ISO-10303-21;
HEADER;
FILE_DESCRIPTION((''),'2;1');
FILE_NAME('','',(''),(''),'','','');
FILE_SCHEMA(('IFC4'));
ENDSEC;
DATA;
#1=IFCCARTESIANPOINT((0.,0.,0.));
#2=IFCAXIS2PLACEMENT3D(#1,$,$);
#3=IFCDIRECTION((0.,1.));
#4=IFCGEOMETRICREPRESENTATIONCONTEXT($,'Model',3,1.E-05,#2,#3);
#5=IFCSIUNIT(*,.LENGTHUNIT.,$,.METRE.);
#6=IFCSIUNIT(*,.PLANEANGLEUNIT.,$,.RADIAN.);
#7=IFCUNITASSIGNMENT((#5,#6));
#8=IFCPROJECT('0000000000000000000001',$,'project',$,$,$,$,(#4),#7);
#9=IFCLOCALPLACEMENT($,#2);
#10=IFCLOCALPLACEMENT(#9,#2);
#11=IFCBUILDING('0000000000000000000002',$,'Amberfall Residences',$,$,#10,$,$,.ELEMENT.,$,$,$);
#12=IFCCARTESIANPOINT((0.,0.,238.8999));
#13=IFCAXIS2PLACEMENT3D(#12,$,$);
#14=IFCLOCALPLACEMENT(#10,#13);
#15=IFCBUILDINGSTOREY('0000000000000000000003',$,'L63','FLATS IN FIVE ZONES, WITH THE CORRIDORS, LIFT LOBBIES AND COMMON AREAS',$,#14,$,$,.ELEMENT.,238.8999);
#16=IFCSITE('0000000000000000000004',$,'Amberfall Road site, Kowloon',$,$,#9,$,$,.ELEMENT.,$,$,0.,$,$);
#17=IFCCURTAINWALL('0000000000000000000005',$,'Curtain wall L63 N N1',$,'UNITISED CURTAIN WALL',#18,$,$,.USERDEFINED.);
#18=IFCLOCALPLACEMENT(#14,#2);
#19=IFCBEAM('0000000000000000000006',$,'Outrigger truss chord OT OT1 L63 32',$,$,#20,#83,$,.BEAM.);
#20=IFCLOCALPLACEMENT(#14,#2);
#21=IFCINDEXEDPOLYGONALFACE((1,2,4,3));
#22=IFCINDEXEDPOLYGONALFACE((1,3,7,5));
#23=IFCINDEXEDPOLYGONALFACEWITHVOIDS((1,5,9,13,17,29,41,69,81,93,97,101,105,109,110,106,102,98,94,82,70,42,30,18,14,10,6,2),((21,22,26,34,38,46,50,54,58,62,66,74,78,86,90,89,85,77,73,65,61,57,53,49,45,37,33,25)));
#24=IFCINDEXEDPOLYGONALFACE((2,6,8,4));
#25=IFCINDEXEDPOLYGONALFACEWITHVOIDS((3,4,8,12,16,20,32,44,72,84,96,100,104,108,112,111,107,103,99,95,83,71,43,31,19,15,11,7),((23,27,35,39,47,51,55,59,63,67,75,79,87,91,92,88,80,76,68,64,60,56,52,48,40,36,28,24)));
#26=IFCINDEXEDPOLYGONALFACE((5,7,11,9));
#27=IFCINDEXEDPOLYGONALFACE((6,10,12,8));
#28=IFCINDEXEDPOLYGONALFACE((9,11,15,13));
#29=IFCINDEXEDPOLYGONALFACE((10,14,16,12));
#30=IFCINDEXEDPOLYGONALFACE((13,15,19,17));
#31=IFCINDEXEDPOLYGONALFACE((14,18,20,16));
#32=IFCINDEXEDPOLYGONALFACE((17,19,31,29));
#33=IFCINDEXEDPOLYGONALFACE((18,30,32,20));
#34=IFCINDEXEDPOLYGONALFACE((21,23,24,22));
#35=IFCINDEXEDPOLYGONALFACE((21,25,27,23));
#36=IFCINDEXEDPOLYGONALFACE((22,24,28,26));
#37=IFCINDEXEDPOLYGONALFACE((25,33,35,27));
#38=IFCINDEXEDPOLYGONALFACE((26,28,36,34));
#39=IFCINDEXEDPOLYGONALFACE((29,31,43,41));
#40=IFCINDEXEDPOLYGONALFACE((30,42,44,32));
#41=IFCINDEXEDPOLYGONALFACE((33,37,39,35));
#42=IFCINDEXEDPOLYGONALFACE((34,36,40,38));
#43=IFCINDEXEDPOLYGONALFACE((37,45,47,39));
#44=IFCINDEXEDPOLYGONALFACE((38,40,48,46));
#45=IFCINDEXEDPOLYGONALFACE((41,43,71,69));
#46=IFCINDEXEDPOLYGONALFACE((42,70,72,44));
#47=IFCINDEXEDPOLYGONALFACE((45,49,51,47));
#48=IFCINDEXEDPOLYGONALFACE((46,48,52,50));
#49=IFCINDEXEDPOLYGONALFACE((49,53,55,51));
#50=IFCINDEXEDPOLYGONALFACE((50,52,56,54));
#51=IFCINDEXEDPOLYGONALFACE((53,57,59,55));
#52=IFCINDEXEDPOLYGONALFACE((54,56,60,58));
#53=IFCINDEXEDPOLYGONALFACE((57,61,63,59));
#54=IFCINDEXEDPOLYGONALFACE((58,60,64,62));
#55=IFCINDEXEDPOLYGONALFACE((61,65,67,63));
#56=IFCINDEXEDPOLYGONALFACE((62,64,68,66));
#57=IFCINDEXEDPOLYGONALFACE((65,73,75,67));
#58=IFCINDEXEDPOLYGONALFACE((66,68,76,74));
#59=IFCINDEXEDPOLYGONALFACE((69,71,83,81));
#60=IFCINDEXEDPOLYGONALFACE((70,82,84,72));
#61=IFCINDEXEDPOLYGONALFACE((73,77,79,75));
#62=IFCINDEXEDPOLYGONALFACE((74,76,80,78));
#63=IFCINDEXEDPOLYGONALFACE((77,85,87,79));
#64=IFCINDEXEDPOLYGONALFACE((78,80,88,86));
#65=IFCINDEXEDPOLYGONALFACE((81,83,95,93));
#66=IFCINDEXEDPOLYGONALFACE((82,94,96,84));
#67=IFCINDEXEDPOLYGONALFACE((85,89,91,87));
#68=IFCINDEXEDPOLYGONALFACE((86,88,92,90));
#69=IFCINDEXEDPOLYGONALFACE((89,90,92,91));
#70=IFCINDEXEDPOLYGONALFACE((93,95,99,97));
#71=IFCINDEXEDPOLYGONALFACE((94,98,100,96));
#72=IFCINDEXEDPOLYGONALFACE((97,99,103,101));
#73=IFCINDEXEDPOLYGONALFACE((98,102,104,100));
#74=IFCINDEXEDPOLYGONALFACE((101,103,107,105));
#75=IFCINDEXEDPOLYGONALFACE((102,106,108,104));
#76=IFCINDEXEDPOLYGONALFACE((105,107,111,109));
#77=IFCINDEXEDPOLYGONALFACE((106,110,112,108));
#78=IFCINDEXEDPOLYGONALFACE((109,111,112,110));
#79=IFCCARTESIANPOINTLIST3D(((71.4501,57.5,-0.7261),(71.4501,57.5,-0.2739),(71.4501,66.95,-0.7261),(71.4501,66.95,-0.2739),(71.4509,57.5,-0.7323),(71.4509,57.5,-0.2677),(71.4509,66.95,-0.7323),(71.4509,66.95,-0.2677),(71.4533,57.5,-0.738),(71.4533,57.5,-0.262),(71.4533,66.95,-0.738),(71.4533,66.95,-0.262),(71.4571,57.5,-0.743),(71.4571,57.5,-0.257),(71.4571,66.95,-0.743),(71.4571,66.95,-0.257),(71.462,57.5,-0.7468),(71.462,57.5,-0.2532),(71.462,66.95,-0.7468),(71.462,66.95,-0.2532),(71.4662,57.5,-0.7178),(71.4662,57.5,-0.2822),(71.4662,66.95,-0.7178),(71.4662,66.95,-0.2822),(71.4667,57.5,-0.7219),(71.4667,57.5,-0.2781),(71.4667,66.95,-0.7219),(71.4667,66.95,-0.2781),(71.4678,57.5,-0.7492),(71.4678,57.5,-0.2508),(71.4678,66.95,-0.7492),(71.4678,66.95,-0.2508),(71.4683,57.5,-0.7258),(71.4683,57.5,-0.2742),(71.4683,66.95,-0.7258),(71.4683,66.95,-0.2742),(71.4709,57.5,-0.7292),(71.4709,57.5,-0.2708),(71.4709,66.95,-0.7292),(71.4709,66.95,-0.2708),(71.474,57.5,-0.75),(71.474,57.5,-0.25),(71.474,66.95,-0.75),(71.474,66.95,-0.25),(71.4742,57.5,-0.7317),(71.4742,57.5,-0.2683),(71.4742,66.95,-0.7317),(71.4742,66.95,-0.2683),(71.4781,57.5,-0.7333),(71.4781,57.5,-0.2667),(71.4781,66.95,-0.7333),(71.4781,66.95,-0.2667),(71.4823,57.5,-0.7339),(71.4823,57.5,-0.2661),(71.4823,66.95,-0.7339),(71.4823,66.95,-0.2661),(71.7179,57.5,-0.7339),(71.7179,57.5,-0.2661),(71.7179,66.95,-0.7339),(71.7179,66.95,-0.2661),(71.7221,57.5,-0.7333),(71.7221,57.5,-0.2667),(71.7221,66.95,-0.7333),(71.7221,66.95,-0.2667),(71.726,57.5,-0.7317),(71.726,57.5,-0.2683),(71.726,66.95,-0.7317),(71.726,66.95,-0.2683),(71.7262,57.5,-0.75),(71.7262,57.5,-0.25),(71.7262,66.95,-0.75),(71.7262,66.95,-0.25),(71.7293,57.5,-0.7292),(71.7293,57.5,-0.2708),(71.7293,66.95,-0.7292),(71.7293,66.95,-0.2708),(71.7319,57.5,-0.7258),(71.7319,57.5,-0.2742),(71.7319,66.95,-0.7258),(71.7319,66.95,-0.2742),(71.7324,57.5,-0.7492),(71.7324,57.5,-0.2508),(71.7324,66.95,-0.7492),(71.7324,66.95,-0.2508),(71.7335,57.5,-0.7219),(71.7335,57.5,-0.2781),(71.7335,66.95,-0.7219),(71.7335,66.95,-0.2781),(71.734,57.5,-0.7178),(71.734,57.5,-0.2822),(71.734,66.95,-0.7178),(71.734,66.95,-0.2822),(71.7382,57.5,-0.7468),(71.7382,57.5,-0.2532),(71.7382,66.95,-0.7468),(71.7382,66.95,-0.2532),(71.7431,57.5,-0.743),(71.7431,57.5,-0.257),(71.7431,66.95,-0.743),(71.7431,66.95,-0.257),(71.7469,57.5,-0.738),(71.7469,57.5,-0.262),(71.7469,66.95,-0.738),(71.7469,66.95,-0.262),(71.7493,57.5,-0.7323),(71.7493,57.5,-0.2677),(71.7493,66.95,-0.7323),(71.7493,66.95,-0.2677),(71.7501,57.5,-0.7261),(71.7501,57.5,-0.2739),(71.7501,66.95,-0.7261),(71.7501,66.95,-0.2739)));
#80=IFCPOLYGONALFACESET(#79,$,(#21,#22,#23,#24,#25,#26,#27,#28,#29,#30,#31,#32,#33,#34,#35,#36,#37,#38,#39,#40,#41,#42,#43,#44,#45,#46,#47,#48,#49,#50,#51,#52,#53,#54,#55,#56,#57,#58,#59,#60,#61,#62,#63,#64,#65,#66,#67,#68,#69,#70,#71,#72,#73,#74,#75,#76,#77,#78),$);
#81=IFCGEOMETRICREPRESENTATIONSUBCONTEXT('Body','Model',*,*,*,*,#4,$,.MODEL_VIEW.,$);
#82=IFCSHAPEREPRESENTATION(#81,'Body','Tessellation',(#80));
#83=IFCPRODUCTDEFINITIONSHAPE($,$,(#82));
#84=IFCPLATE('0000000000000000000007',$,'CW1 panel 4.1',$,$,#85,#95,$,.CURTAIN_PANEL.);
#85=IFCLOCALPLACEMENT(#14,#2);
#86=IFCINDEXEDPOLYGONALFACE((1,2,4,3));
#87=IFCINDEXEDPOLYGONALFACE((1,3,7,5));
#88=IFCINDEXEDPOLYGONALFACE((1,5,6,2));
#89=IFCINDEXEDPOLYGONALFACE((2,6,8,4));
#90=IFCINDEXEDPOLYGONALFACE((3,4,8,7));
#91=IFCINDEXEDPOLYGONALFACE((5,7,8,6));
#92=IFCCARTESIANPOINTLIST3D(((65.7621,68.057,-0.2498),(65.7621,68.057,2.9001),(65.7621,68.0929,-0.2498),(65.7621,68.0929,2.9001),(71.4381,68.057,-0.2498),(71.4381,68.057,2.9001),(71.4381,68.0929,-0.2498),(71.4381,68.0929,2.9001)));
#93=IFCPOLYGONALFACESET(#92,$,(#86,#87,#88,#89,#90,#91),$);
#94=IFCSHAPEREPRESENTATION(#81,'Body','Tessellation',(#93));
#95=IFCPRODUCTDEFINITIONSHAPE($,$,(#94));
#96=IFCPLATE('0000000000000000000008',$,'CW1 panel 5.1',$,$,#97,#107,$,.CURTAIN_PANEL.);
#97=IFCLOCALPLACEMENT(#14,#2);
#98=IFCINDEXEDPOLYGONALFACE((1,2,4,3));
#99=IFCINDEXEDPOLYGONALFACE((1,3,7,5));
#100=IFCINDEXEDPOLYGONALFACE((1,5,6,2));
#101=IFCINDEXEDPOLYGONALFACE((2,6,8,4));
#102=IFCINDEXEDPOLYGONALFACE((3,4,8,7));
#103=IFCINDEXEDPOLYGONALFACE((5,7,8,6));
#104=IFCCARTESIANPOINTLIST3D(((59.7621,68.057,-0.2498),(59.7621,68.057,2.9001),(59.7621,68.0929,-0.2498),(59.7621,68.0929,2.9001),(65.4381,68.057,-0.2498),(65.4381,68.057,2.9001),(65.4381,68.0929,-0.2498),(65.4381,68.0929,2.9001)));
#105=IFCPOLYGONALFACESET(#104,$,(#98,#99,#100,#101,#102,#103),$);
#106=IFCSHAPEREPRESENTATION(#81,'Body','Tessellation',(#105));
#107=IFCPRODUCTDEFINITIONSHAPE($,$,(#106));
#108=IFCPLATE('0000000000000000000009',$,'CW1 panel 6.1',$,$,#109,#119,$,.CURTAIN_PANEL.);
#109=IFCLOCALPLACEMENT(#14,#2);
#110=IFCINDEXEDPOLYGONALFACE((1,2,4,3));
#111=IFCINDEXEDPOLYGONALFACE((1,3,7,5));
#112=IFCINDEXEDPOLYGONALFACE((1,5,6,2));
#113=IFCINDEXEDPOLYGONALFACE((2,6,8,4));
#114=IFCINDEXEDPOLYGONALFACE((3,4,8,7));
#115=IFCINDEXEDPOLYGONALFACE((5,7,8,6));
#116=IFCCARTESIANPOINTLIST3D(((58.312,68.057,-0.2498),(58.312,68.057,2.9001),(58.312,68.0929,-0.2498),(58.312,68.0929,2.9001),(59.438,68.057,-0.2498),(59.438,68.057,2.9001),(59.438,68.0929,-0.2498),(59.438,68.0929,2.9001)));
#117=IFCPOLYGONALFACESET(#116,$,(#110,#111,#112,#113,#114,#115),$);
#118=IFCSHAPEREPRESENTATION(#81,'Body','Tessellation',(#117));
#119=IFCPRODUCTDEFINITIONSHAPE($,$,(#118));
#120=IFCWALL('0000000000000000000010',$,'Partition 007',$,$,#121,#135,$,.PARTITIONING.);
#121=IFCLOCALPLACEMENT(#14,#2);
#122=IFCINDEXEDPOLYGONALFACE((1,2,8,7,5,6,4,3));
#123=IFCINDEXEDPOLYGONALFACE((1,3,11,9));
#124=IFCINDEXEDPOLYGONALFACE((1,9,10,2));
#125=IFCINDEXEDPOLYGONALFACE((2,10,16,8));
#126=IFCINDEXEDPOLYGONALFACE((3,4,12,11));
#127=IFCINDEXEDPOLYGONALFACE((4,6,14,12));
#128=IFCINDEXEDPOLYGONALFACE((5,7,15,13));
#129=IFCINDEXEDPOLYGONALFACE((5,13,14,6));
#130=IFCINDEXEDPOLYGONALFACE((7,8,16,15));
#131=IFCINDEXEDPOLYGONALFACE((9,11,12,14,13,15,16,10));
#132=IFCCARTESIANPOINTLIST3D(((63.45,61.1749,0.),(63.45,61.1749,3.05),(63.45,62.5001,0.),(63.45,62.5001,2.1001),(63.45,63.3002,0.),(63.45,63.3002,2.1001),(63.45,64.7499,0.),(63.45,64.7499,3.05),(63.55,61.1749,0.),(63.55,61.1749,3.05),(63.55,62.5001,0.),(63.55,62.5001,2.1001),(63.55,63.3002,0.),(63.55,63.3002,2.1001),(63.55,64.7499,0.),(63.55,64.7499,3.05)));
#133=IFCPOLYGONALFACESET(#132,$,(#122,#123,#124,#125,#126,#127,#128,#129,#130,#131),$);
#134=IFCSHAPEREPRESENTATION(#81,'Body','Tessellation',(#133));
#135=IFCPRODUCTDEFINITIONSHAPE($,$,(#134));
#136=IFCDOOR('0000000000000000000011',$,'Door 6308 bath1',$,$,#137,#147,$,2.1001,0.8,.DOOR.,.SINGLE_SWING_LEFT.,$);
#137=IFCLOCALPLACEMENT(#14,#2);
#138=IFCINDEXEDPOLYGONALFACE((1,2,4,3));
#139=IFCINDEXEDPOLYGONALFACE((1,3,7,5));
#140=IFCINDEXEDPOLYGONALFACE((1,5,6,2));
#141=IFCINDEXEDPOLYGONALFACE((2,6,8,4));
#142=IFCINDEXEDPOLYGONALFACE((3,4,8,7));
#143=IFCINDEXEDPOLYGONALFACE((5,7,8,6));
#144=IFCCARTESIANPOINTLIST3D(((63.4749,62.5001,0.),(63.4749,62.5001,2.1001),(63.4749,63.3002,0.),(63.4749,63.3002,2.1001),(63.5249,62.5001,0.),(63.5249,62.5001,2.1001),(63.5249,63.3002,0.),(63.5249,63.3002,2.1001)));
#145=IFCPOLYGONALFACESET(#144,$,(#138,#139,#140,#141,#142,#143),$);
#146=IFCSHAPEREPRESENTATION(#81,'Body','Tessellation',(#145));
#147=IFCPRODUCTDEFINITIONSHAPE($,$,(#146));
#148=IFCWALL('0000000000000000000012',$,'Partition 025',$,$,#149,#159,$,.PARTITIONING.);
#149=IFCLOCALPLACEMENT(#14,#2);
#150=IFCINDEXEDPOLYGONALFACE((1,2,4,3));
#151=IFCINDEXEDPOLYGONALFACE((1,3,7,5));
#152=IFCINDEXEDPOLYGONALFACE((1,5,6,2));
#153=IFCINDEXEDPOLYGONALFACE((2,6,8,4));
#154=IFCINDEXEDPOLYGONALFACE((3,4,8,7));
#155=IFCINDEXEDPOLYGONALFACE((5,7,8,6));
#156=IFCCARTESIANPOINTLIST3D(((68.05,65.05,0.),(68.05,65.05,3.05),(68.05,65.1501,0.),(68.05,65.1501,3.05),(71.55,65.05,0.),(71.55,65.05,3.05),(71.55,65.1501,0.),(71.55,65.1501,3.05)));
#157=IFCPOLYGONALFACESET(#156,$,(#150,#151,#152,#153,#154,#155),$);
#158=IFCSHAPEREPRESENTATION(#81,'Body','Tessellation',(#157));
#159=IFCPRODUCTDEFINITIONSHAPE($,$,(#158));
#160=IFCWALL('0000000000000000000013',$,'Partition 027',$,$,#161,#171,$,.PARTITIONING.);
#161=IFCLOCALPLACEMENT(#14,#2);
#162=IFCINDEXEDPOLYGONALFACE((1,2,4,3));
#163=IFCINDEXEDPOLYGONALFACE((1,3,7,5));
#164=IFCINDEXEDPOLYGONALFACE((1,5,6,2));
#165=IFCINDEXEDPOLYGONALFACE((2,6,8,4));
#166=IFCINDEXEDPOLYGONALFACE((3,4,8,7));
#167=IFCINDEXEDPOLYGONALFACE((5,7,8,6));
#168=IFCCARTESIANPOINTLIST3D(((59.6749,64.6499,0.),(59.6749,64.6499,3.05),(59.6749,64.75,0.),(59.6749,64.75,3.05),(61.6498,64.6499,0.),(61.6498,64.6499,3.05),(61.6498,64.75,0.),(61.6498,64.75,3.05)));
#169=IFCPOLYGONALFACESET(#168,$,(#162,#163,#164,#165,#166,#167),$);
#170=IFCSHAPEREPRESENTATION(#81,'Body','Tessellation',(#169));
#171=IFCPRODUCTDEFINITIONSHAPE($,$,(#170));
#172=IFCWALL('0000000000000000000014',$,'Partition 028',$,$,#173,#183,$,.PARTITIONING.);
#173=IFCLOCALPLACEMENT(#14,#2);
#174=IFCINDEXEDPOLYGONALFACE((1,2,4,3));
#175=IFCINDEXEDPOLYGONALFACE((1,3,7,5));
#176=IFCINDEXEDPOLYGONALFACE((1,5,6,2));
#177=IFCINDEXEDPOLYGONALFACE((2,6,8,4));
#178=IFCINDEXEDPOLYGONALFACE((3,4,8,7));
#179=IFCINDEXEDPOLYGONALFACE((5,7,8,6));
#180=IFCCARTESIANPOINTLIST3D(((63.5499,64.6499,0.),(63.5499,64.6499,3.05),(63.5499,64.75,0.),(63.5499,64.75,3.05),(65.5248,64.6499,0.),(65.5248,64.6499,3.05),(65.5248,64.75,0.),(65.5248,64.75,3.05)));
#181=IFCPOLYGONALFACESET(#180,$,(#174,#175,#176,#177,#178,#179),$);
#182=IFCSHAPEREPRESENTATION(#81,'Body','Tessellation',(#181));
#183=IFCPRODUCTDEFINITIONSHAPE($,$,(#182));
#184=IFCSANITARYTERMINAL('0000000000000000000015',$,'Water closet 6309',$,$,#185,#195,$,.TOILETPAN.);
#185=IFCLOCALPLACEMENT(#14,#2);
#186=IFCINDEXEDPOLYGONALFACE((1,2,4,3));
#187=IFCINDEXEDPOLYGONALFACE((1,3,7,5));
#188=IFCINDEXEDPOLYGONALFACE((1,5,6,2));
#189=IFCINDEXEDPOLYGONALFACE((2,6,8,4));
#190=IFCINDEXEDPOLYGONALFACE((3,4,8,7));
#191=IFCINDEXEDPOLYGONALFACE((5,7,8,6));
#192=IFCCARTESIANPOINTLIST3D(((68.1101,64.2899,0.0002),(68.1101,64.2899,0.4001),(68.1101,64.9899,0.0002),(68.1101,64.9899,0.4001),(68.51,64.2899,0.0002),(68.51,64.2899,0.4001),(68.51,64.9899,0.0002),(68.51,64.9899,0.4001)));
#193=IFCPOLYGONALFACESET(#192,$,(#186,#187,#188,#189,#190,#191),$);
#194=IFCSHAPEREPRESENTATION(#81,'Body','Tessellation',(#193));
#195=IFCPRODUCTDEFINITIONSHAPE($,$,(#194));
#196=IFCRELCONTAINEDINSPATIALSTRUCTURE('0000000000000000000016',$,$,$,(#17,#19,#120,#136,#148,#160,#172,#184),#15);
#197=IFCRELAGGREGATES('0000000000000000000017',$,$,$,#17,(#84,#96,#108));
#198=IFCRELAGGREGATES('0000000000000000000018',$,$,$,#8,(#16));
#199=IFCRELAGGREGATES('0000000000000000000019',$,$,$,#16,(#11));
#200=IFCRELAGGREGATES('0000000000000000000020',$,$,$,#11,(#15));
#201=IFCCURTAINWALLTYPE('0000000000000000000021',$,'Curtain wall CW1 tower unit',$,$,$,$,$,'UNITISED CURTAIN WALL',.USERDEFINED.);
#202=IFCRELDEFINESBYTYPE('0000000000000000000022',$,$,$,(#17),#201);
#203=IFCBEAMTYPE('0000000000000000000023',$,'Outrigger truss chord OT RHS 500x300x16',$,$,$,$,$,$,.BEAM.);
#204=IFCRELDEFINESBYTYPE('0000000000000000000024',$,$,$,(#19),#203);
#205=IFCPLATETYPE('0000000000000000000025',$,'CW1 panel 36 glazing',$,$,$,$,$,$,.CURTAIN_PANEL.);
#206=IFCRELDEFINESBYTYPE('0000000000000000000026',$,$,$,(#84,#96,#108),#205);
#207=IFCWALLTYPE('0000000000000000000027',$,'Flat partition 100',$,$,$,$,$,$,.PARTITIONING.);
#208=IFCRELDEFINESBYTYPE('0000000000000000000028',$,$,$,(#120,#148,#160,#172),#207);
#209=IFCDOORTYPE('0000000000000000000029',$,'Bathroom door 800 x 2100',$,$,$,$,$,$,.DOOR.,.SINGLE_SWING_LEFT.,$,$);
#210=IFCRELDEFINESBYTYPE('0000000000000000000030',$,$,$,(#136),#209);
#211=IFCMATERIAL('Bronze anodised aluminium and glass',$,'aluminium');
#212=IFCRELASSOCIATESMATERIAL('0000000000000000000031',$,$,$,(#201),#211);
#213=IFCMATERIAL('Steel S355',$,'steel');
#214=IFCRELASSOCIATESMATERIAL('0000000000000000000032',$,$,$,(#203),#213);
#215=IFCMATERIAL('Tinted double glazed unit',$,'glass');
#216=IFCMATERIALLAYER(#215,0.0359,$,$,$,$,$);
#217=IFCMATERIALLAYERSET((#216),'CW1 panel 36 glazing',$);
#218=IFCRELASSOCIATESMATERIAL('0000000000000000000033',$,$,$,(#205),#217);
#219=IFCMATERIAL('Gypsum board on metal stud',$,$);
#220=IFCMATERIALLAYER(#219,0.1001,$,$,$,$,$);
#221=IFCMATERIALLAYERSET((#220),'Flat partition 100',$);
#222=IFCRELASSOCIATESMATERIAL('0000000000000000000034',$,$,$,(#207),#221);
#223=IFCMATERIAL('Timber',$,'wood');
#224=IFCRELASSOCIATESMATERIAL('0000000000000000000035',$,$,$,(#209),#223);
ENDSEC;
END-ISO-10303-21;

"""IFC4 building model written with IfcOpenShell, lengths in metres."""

from ifc_helpers import new_model, si_unit, direction, frame, frame_2d, origin, origin_2d, place, context, subcontext, project, spatial, rectangle, hollow_rectangle, extrude, material, layer, layer_set, material_profile, profile_set, type_object, element, fill, aggregate, save


model = new_model("IFC4")

# Units and contexts
model_context = context("Model", 3, precision=1e-05, world=origin(), true_north=direction((0.0, 1.0)))
body_context = subcontext(model_context, "Body", "Model", "MODEL_VIEW")
ifc_project = project(units=[si_unit("LENGTHUNIT", "METRE"), si_unit("PLANEANGLEUNIT", "RADIAN")], contexts=[model_context])

# Site, building, storey
site_placement = place(None, origin())
site = spatial("IfcSite", under=ifc_project, at=site_placement, Name="Amberfall Road site, Kowloon", CompositionType="ELEMENT", RefElevation=0.0)
building_placement = place(site_placement, origin())
building = spatial("IfcBuilding", under=site, at=building_placement, Name="Amberfall Residences", CompositionType="ELEMENT")
storey_placement = place(building_placement, frame((0.0, 0.0, 238.8999)))
storey = spatial("IfcBuildingStorey", under=building, at=storey_placement, Name="L63", Description="FLATS IN FIVE ZONES, WITH THE CORRIDORS, LIFT LOBBIES AND COMMON AREAS", CompositionType="ELEMENT", Elevation=238.8999)

# Shared definitions
ifc_material_1 = material(Name="Steel S355", Category="steel")

# Curtain wall
ifc_material_2 = material(Name="Bronze anodised aluminium and glass", Category="aluminium")
curtain_wall_type = type_object("IfcCurtainWallType", Name="Curtain wall CW1 tower unit", ElementType="UNITISED CURTAIN WALL", PredefinedType="USERDEFINED", material=ifc_material_2)
curtain_wall_placement = place(storey_placement, origin())
curtain_wall = element("IfcCurtainWall", 1, at=curtain_wall_placement, inside=storey, type_object=curtain_wall_type, Name="Curtain wall L63 N N1", ObjectType="UNITISED CURTAIN WALL", PredefinedType="USERDEFINED")

# Beam
ifc_material_profile_1 = material_profile(ifc_material_1, hollow_rectangle(XDim=0.3, YDim=0.5, WallThickness=0.0161, InnerFilletRadius=0.0161, OuterFilletRadius=0.0239, at=origin_2d()), Name="RHS 500x300x16")
ifc_profile_set_1 = profile_set([ifc_material_profile_1], Name="Steel S355")
beam_type_1 = type_object("IfcBeamType", Name="Outrigger truss chord OT RHS 500x300x16", PredefinedType="BEAM", material=ifc_profile_set_1)
beam_1_placement = place(storey_placement, frame((71.6001, 66.95, -0.5), z_axis=(0.0, -1.0, 0.0), x_axis=(1.0, 0.0, 0.0)))
element("IfcBeam", 2, at=beam_1_placement, inside=storey, type_object=beam_type_1, Name="Outrigger truss chord OT OT1 L63 32", PredefinedType="BEAM", context=body_context, shape_type="SweptSolid", body=[
    extrude(hollow_rectangle(XDim=0.3, YDim=0.5, WallThickness=0.0161, InnerFilletRadius=0.0161, OuterFilletRadius=0.0239, at=origin_2d()), origin(), (0.0, 0.0, 1.0), 9.45),
])

# Plates
ifc_material_3 = material(Name="Tinted double glazed unit", Category="glass")
ifc_layer_1 = layer(ifc_material_3, 0.0359)
ifc_layer_set_1 = layer_set([ifc_layer_1], Name="CW1 panel 36 glazing")
plate_type = type_object("IfcPlateType", Name="CW1 panel 36 glazing", PredefinedType="CURTAIN_PANEL", material=ifc_layer_set_1)
plate_1_placement = place(storey_placement, frame((68.6001, 68.075, -0.2498), z_axis=(0.0, 0.0, 1.0), x_axis=(-1.0, 0.0, 0.0)))
plate_1 = element("IfcPlate", 3, at=plate_1_placement, type_object=plate_type, Name="CW1 panel 4.1", PredefinedType="CURTAIN_PANEL", context=body_context, shape_type="SweptSolid", body=[
    extrude(rectangle(XDim=5.676, YDim=0.0359, at=origin_2d()), origin(), (0.0, 0.0, 1.0), 3.1499),
])
plate_2_placement = place(storey_placement, frame((62.6001, 68.075, -0.2498), z_axis=(0.0, 0.0, 1.0), x_axis=(-1.0, 0.0, 0.0)))
plate_2 = element("IfcPlate", 4, at=plate_2_placement, type_object=plate_type, Name="CW1 panel 5.1", PredefinedType="CURTAIN_PANEL", context=body_context, shape_type="SweptSolid", body=[
    extrude(rectangle(XDim=5.676, YDim=0.0359, at=origin_2d()), origin(), (0.0, 0.0, 1.0), 3.1499),
])
plate_3_placement = place(storey_placement, frame((58.875, 68.075, -0.2498), z_axis=(0.0, 0.0, 1.0), x_axis=(-1.0, 0.0, 0.0)))
plate_3 = element("IfcPlate", 5, at=plate_3_placement, type_object=plate_type, Name="CW1 panel 6.1", PredefinedType="CURTAIN_PANEL", context=body_context, shape_type="SweptSolid", body=[
    extrude(rectangle(XDim=1.126, YDim=0.0359, at=origin_2d()), origin(), (0.0, 0.0, 1.0), 3.1499),
])
aggregate(curtain_wall, [plate_1, plate_2, plate_3])

# Wall, opening, door
ifc_material_4 = material(Name="Gypsum board on metal stud")
ifc_layer_2 = layer(ifc_material_4, 0.1001)
ifc_layer_set_2 = layer_set([ifc_layer_2], Name="Flat partition 100")
wall_type = type_object("IfcWallType", Name="Flat partition 100", PredefinedType="PARTITIONING", material=ifc_layer_set_2)
wall_1_placement = place(storey_placement, frame((63.5, 64.75, 0.0), z_axis=(0.0, 0.0, 1.0), x_axis=(0.0, -1.0, 0.0)))
wall_1 = element("IfcWall", 6, at=wall_1_placement, inside=storey, type_object=wall_type, Name="Partition 007", PredefinedType="PARTITIONING", context=body_context, shape_type="SweptSolid", body=[
    extrude(rectangle(XDim=3.575, YDim=0.1001, at=frame_2d((1.7876, 0.0))), origin(), (0.0, 0.0, 1.0), 3.05),
])
opening_placement = place(wall_1_placement, frame((1.45, 0.0, 0.0)))
opening = element("IfcOpeningElement", 7, at=opening_placement, cuts=wall_1, PredefinedType="OPENING", context=body_context, shape_type="SweptSolid", body=[
    extrude(rectangle(XDim=0.8, YDim=2.1001, at=frame_2d((0.3999, 1.05))), frame((0.0, 0.0601, 0.0), z_axis=(0.0, -1.0, 0.0), x_axis=(1.0, 0.0, 0.0)), (0.0, 0.0, 1.0), 0.1201),
])
ifc_material_5 = material(Name="Timber", Category="wood")
door_type = type_object("IfcDoorType", Name="Bathroom door 800 x 2100", OperationType="SINGLE_SWING_LEFT", PredefinedType="DOOR", material=ifc_material_5)
door_placement = place(opening_placement, origin())
door = element("IfcDoor", 8, at=door_placement, inside=storey, type_object=door_type, Name="Door 6308 bath1", OperationType="SINGLE_SWING_LEFT", OverallHeight=2.1001, OverallWidth=0.8, PredefinedType="DOOR", context=body_context, shape_type="SweptSolid", body=[
    extrude(rectangle(XDim=0.8, YDim=2.1001, at=frame_2d((0.3999, 1.05))), frame((0.0, 0.0249, 0.0), z_axis=(0.0, -1.0, 0.0), x_axis=(1.0, 0.0, 0.0)), (0.0, 0.0, 1.0), 0.05),
])
fill(opening, door)

# Walls
wall_2_placement = place(storey_placement, frame((68.05, 65.1001, 0.0), z_axis=(0.0, 0.0, 1.0), x_axis=(1.0, 0.0, 0.0)))
element("IfcWall", 9, at=wall_2_placement, inside=storey, type_object=wall_type, Name="Partition 025", PredefinedType="PARTITIONING", context=body_context, shape_type="SweptSolid", body=[
    extrude(rectangle(XDim=3.5, YDim=0.1001, at=frame_2d((1.75, 0.0))), origin(), (0.0, 0.0, 1.0), 3.05),
])
for number, where, z_axis, x_axis, name in (
    (10, (59.675, 64.7, 0.0), (0.0, 0.0, 1.0), (1.0, 0.0, 0.0), "Partition 027"),
    (11, (63.55, 64.7, 0.0), (0.0, 0.0, 1.0), (1.0, 0.0, 0.0), "Partition 028"),
):
    element("IfcWall", number, at=place(storey_placement, frame(where, z_axis=z_axis, x_axis=x_axis)), inside=storey, type_object=wall_type, Name=name, PredefinedType="PARTITIONING", context=body_context, shape_type="SweptSolid", body=[
        extrude(rectangle(XDim=1.9749, YDim=0.1001, at=frame_2d((0.9873, 0.0))), origin(), (0.0, 0.0, 1.0), 3.05),
    ])

# Sanitary terminal
sanitary_terminal_placement = place(storey_placement, frame((68.3101, 64.6399, 0.0002), z_axis=(0.0, 0.0, 1.0), x_axis=(1.0, 0.0, 0.0)))
element("IfcSanitaryTerminal", 12, at=sanitary_terminal_placement, inside=storey, Name="Water closet 6309", PredefinedType="TOILETPAN", context=body_context, shape_type="SweptSolid", body=[
    extrude(rectangle(XDim=0.3999, YDim=0.7, at=origin_2d()), origin(), (0.0, 0.0, 1.0), 0.3999),
])

save(model, "model.ifc")
